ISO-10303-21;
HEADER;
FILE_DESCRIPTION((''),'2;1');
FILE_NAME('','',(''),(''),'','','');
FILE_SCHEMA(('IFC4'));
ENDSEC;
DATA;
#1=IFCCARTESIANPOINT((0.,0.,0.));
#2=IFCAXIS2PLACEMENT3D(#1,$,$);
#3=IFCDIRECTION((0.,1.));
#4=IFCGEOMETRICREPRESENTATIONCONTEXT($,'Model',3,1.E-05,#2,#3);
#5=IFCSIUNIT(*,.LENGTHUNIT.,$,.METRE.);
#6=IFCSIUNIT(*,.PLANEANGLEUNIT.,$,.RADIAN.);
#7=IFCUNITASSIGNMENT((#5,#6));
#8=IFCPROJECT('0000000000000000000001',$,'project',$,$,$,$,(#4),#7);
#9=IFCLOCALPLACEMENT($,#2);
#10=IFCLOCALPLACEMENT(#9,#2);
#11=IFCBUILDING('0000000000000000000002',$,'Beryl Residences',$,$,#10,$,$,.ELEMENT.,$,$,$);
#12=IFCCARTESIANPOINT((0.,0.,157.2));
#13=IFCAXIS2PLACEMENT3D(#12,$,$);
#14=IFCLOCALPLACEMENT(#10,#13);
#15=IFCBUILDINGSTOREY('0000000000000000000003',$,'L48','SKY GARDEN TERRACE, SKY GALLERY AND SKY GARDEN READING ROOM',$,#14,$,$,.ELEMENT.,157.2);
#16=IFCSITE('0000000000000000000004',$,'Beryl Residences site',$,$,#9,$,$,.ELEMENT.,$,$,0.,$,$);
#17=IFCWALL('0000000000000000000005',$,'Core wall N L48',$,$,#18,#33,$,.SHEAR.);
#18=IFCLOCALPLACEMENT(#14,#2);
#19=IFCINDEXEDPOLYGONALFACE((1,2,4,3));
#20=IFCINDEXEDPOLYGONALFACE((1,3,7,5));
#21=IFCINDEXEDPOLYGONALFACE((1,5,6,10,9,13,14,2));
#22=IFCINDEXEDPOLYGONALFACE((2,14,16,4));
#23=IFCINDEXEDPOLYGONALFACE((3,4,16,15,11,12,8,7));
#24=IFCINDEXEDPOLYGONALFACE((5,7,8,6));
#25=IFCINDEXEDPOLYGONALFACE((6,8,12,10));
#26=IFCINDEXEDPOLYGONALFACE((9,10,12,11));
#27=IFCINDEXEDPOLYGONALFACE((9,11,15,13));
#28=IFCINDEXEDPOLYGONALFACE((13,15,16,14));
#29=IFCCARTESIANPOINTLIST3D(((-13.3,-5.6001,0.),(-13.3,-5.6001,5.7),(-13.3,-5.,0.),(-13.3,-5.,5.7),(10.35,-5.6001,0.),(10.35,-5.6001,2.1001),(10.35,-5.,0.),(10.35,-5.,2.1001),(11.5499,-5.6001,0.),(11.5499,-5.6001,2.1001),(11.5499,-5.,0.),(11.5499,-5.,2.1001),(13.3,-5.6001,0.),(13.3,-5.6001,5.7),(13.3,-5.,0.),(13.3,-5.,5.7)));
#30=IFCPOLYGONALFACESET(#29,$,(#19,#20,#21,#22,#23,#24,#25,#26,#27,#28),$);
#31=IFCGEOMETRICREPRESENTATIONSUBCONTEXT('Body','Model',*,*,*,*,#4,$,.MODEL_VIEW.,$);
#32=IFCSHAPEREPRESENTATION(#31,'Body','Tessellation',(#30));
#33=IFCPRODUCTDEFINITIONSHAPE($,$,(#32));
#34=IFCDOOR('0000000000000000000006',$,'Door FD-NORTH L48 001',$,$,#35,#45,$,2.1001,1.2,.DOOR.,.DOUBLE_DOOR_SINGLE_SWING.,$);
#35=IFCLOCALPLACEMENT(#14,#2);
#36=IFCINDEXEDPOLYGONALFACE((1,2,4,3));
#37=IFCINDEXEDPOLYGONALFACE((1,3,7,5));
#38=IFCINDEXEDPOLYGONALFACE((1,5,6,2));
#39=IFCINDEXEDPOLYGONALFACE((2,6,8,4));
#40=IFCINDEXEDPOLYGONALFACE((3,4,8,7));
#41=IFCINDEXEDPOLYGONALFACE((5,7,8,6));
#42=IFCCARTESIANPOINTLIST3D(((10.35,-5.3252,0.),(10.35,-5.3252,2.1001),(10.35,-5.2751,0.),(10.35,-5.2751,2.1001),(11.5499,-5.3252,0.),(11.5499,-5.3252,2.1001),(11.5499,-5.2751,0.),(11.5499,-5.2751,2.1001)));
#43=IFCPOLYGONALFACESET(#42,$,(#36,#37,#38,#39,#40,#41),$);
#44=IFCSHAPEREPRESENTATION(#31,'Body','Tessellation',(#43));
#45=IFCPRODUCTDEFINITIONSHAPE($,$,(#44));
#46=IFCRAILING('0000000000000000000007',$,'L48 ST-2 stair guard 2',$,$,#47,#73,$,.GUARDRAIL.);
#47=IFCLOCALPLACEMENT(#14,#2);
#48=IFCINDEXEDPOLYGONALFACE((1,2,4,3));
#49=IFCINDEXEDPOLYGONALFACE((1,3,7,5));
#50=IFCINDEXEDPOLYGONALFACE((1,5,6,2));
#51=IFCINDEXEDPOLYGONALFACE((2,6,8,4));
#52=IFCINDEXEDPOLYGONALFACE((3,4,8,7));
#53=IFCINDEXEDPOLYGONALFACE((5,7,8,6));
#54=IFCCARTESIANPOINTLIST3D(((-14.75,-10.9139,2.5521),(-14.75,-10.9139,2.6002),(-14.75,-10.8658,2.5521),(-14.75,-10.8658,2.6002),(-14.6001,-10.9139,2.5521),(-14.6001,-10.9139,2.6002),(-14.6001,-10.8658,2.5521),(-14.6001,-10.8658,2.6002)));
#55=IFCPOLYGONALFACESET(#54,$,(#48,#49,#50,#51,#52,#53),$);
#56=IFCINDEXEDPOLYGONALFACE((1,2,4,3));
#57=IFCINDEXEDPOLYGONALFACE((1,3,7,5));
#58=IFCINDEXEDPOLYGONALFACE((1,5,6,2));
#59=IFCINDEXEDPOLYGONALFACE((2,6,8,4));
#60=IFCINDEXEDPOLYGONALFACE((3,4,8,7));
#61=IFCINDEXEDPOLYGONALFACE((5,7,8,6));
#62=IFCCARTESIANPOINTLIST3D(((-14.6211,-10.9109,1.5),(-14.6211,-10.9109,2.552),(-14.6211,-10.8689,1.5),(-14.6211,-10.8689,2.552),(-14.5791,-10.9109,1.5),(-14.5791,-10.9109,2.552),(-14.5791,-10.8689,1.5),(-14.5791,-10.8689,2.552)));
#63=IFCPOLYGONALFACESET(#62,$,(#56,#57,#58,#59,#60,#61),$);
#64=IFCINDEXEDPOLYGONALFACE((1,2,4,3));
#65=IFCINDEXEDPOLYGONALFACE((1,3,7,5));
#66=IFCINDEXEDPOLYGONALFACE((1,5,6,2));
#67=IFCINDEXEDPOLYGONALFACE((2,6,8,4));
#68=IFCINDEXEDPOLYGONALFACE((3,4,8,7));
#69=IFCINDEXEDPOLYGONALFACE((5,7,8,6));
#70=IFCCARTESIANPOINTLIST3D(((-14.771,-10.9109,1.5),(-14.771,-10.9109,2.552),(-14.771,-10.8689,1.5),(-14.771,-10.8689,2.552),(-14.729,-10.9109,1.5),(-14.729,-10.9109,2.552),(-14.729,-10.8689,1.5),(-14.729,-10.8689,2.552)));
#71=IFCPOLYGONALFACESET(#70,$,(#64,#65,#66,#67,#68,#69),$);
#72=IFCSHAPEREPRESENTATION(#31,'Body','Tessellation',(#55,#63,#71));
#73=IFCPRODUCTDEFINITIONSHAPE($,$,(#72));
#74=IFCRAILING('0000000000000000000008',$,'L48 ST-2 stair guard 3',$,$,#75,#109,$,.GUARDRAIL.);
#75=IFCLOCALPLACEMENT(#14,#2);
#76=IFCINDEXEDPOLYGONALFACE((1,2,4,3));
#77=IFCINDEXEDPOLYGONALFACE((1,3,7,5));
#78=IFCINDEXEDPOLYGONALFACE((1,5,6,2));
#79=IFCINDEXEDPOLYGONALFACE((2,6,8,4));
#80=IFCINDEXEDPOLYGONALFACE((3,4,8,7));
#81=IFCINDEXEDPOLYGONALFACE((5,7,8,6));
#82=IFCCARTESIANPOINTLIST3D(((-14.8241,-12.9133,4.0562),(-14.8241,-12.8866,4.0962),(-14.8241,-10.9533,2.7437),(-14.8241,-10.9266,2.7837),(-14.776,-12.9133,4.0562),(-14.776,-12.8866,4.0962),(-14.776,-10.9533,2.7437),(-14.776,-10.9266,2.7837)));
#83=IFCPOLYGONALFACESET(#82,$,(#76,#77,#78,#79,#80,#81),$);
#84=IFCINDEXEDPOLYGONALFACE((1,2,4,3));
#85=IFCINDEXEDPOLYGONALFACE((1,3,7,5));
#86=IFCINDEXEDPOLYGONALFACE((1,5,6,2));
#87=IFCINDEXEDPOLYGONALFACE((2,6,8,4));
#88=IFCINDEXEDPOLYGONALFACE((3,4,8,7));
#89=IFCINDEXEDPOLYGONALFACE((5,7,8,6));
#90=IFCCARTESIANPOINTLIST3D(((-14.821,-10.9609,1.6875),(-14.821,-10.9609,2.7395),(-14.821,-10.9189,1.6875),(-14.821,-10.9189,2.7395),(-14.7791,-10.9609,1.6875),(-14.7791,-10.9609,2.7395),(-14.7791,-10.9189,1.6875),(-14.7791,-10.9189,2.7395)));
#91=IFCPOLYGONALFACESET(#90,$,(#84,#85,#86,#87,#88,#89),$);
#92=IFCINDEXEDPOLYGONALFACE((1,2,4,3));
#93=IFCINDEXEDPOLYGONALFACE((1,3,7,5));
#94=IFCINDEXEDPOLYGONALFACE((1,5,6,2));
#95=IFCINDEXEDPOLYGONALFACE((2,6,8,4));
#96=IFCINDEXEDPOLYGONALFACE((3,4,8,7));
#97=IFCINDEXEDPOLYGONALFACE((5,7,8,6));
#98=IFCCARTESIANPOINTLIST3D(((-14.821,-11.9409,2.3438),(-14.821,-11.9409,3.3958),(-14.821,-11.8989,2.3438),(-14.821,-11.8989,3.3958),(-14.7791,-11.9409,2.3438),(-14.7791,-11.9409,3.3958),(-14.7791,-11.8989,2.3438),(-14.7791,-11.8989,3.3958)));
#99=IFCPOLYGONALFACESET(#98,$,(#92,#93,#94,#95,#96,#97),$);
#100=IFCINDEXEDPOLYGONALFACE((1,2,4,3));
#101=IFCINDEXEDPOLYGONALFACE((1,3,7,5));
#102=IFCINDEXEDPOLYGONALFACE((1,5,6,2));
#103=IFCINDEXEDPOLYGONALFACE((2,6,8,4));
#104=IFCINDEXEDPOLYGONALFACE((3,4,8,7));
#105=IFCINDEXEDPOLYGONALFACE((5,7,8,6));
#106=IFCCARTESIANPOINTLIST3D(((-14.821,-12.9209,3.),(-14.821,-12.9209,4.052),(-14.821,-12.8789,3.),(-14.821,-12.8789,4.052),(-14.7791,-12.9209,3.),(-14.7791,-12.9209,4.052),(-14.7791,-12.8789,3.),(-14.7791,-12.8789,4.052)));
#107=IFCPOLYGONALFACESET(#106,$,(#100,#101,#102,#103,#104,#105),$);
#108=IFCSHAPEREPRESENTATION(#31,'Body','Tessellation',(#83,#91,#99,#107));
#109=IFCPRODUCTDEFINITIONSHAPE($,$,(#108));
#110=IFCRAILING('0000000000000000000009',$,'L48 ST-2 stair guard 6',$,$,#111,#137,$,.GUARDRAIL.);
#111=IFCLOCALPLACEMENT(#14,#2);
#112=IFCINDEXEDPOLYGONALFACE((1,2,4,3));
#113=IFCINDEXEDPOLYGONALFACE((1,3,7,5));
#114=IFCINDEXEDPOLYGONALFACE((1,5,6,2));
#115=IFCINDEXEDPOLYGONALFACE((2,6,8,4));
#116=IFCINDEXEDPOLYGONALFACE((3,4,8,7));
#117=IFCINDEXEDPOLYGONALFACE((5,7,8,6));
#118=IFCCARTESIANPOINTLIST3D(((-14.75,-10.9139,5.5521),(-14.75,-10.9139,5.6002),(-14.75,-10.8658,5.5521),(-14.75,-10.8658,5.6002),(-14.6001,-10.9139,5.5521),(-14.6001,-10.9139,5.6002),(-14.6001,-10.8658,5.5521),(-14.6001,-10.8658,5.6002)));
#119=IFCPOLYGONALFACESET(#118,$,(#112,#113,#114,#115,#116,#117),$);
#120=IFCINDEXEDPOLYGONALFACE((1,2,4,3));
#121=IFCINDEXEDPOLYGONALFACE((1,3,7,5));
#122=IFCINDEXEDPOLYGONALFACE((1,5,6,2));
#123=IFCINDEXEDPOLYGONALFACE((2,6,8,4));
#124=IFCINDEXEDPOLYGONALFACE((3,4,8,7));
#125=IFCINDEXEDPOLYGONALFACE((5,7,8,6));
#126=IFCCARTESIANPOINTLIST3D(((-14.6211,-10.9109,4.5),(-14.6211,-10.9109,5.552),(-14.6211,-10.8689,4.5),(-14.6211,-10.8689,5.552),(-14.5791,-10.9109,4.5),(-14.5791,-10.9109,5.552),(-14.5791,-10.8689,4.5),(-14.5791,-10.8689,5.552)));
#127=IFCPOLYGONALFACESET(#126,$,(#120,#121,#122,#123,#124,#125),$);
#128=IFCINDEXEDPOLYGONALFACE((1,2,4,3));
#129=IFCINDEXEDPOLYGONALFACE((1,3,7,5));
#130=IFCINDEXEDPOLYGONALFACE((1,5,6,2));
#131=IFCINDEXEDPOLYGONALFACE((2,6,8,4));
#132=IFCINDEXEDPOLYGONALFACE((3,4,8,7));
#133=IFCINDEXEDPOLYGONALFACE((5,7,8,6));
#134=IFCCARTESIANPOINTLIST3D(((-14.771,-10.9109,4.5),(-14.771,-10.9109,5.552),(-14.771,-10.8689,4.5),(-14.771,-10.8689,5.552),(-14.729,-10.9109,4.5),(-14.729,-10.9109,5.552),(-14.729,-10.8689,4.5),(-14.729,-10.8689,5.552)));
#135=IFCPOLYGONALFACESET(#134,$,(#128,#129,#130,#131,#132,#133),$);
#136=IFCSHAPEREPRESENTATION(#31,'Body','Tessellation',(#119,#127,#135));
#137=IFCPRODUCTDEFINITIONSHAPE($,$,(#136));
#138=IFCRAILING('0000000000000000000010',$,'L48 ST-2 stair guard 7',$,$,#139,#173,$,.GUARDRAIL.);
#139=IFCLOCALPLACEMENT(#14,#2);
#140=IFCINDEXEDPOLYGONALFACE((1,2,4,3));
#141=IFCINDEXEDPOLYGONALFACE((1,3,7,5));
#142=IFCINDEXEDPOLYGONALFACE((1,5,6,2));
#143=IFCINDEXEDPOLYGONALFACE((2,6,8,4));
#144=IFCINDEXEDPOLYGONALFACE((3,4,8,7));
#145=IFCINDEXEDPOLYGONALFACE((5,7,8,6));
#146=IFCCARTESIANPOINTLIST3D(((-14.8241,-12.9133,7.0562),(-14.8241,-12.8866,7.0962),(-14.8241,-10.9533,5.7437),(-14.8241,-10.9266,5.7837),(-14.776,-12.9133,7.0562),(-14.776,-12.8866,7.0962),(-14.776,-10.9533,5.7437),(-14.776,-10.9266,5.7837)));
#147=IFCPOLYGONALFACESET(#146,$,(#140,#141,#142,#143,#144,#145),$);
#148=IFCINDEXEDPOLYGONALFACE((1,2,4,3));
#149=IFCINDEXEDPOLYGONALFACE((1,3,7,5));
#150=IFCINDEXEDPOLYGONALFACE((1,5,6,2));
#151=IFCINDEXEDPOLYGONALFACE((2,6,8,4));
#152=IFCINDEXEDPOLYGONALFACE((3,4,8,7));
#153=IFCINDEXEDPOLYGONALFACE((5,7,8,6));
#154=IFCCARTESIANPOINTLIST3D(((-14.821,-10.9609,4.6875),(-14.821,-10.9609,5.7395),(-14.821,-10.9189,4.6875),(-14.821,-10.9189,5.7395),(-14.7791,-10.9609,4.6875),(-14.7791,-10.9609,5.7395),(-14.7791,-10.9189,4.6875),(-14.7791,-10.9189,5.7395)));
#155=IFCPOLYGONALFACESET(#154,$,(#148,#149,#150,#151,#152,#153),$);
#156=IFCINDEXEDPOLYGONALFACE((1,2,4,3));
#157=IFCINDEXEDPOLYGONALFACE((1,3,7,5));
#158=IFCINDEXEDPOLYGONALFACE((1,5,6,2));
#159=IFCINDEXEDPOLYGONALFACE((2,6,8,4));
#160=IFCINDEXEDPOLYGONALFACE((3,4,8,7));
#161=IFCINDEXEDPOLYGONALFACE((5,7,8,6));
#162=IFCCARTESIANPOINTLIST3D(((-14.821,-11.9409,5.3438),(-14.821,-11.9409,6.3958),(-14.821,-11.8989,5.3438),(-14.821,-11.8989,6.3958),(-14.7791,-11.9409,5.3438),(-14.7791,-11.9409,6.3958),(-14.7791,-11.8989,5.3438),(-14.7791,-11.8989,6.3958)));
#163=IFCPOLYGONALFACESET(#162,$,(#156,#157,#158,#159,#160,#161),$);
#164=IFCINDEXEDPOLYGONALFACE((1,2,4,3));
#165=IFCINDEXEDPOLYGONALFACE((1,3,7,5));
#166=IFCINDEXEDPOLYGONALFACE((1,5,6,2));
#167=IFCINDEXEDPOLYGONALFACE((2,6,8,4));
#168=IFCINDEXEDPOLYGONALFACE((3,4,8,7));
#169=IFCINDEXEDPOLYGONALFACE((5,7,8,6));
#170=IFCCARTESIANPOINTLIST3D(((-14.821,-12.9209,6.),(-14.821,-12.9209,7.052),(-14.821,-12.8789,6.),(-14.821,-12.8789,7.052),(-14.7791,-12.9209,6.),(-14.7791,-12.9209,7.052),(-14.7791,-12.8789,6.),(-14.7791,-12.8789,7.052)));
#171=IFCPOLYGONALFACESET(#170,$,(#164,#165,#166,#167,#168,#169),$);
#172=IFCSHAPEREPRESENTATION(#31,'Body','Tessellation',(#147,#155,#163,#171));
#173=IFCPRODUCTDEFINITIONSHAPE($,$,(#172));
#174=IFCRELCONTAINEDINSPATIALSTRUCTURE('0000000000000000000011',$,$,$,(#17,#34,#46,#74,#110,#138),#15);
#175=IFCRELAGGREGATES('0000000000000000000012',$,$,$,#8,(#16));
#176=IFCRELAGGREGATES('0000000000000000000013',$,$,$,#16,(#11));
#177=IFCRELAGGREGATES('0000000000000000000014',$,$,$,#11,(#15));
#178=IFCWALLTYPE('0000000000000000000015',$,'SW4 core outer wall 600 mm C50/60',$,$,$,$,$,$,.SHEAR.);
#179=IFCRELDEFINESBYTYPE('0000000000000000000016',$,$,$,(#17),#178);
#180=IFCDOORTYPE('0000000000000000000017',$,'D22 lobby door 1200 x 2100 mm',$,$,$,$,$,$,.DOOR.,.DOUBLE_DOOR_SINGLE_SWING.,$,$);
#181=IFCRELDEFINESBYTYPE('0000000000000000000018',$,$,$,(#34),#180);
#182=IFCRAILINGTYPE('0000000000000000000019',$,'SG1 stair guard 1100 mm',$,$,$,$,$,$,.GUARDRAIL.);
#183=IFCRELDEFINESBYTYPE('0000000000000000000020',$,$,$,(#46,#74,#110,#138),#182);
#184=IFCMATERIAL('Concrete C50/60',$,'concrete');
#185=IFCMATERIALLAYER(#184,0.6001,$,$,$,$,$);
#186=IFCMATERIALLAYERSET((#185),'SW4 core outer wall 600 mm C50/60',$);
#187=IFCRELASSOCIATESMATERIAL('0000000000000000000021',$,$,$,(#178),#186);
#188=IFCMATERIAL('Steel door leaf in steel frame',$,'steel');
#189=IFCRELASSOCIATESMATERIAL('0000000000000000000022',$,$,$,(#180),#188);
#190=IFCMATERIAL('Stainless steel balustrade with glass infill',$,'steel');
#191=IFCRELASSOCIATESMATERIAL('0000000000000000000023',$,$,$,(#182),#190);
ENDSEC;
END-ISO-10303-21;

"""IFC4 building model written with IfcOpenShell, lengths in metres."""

from ifc_helpers import new_model, si_unit, direction, frame, frame_2d, origin, origin_2d, place, context, subcontext, project, spatial, rectangle, extrude, material, layer, layer_set, type_object, element, fill, save


model = new_model("IFC4")

# Units and contexts
model_context = context("Model", 3, precision=1e-05, world=origin(), true_north=direction((0.0, 1.0)))
body_context = subcontext(model_context, "Body", "Model", "MODEL_VIEW")
ifc_project = project(units=[si_unit("LENGTHUNIT", "METRE"), si_unit("PLANEANGLEUNIT", "RADIAN")], contexts=[model_context])

# Site, building, storey
site_placement = place(None, origin())
site = spatial("IfcSite", under=ifc_project, at=site_placement, Name="Beryl Residences site", CompositionType="ELEMENT", RefElevation=0.0)
building_placement = place(site_placement, origin())
building = spatial("IfcBuilding", under=site, at=building_placement, Name="Beryl Residences", CompositionType="ELEMENT")
storey_placement = place(building_placement, frame((0.0, 0.0, 157.2)))
storey = spatial("IfcBuildingStorey", under=building, at=storey_placement, Name="L48", Description="SKY GARDEN TERRACE, SKY GALLERY AND SKY GARDEN READING ROOM", CompositionType="ELEMENT", Elevation=157.2)

# Wall, opening, door
ifc_material_1 = material(Name="Concrete C50/60", Category="concrete")
ifc_layer_1 = layer(ifc_material_1, 0.6001)
ifc_layer_set_1 = layer_set([ifc_layer_1], Name="SW4 core outer wall 600 mm C50/60")
wall_type_1 = type_object("IfcWallType", Name="SW4 core outer wall 600 mm C50/60", PredefinedType="SHEAR", material=ifc_layer_set_1)
wall_1_placement = place(storey_placement, frame((-13.3, -5.3, 0.0), z_axis=(0.0, 0.0, 1.0), x_axis=(1.0, 0.0, 0.0)))
wall_1 = element("IfcWall", 1, at=wall_1_placement, inside=storey, type_object=wall_type_1, Name="Core wall N L48", PredefinedType="SHEAR", context=body_context, shape_type="SweptSolid", body=[
    extrude(rectangle(XDim=26.6001, YDim=0.6001, at=frame_2d((13.3, 0.0))), origin(), (0.0, 0.0, 1.0), 5.7),
])
opening_1_placement = place(wall_1_placement, frame((23.6499, 0.0, 0.0)))
opening_1 = element("IfcOpeningElement", 2, at=opening_1_placement, cuts=wall_1, PredefinedType="OPENING", context=body_context, shape_type="SweptSolid", body=[
    extrude(rectangle(XDim=1.2, YDim=2.1001, at=frame_2d((0.6001, 1.05))), frame((0.0, 0.3101, 0.0), z_axis=(0.0, -1.0, 0.0), x_axis=(1.0, 0.0, 0.0)), (0.0, 0.0, 1.0), 0.6201),
])
ifc_material_2 = material(Name="Steel door leaf in steel frame", Category="steel")
door_type_1 = type_object("IfcDoorType", Name="D22 lobby door 1200 x 2100 mm", OperationType="DOUBLE_DOOR_SINGLE_SWING", PredefinedType="DOOR", material=ifc_material_2)
door_1_placement = place(opening_1_placement, origin())
door_1 = element("IfcDoor", 3, at=door_1_placement, inside=storey, type_object=door_type_1, Name="Door FD-NORTH L48 001", OperationType="DOUBLE_DOOR_SINGLE_SWING", OverallHeight=2.1001, OverallWidth=1.2, PredefinedType="DOOR", context=body_context, shape_type="SweptSolid", body=[
    extrude(rectangle(XDim=1.2, YDim=2.1001, at=frame_2d((0.6001, 1.05))), frame((0.0, 0.0249, 0.0), z_axis=(0.0, -1.0, 0.0), x_axis=(1.0, 0.0, 0.0)), (0.0, 0.0, 1.0), 0.05),
])
fill(opening_1, door_1)

# Railings
ifc_material_3 = material(Name="Stainless steel balustrade with glass infill", Category="steel")
railing_type_1 = type_object("IfcRailingType", Name="SG1 stair guard 1100 mm", PredefinedType="GUARDRAIL", material=ifc_material_3)
railing_1_placement = place(storey_placement, frame((-14.6001, -10.8899, 1.5)))
element("IfcRailing", 4, at=railing_1_placement, inside=storey, type_object=railing_type_1, Name="L48 ST-2 stair guard 2", PredefinedType="GUARDRAIL", context=body_context, shape_type="SweptSolid", body=[
    extrude(rectangle(XDim=0.0481, YDim=0.0481, at=origin_2d()), frame((0.0, 0.0, 1.0762), z_axis=(-1.0, 0.0, 0.0), x_axis=(0.0, -1.0, 0.0)), (0.0, 0.0, 1.0), 0.1499),
    extrude(rectangle(XDim=0.042, YDim=0.042, at=origin_2d()), origin(), (0.0, 0.0, 1.0), 1.052),
    extrude(rectangle(XDim=0.042, YDim=0.042, at=origin_2d()), frame((-0.1499, 0.0, 0.0)), (0.0, 0.0, 1.0), 1.052),
])
railing_2_placement = place(storey_placement, frame((-14.8, -10.9399, 1.6875)))
element("IfcRailing", 5, at=railing_2_placement, inside=storey, type_object=railing_type_1, Name="L48 ST-2 stair guard 3", PredefinedType="GUARDRAIL", context=body_context, shape_type="SweptSolid", body=[
    extrude(rectangle(XDim=0.0481, YDim=0.0481, at=origin_2d()), frame((0.0, 0.0, 1.0762), z_axis=(0.0, -0.830902, 0.556419), x_axis=(1.0, 0.0, 0.0)), (0.0, 0.0, 1.0), 2.3589),
    extrude(rectangle(XDim=0.042, YDim=0.042, at=origin_2d()), origin(), (0.0, 0.0, 1.0), 1.052),
    extrude(rectangle(XDim=0.042, YDim=0.042, at=origin_2d()), frame((0.0, -0.98, 0.6562)), (0.0, 0.0, 1.0), 1.052),
    extrude(rectangle(XDim=0.042, YDim=0.042, at=origin_2d()), frame((0.0, -1.96, 1.3125)), (0.0, 0.0, 1.0), 1.052),
])
railing_3_placement = place(storey_placement, frame((-14.6001, -10.8899, 4.5)))
element("IfcRailing", 6, at=railing_3_placement, inside=storey, type_object=railing_type_1, Name="L48 ST-2 stair guard 6", PredefinedType="GUARDRAIL", context=body_context, shape_type="SweptSolid", body=[
    extrude(rectangle(XDim=0.0481, YDim=0.0481, at=origin_2d()), frame((0.0, 0.0, 1.0762), z_axis=(-1.0, 0.0, 0.0), x_axis=(0.0, -1.0, 0.0)), (0.0, 0.0, 1.0), 0.1499),
    extrude(rectangle(XDim=0.042, YDim=0.042, at=origin_2d()), origin(), (0.0, 0.0, 1.0), 1.052),
    extrude(rectangle(XDim=0.042, YDim=0.042, at=origin_2d()), frame((-0.1499, 0.0, 0.0)), (0.0, 0.0, 1.0), 1.052),
])
railing_4_placement = place(storey_placement, frame((-14.8, -10.9399, 4.6875)))
element("IfcRailing", 7, at=railing_4_placement, inside=storey, type_object=railing_type_1, Name="L48 ST-2 stair guard 7", PredefinedType="GUARDRAIL", context=body_context, shape_type="SweptSolid", body=[
    extrude(rectangle(XDim=0.0481, YDim=0.0481, at=origin_2d()), frame((0.0, 0.0, 1.0762), z_axis=(0.0, -0.830902, 0.556419), x_axis=(1.0, 0.0, 0.0)), (0.0, 0.0, 1.0), 2.3589),
    extrude(rectangle(XDim=0.042, YDim=0.042, at=origin_2d()), origin(), (0.0, 0.0, 1.0), 1.052),
    extrude(rectangle(XDim=0.042, YDim=0.042, at=origin_2d()), frame((0.0, -0.98, 0.6562)), (0.0, 0.0, 1.0), 1.052),
    extrude(rectangle(XDim=0.042, YDim=0.042, at=origin_2d()), frame((0.0, -1.96, 1.3125)), (0.0, 0.0, 1.0), 1.052),
])

save(model, "model.ifc")
